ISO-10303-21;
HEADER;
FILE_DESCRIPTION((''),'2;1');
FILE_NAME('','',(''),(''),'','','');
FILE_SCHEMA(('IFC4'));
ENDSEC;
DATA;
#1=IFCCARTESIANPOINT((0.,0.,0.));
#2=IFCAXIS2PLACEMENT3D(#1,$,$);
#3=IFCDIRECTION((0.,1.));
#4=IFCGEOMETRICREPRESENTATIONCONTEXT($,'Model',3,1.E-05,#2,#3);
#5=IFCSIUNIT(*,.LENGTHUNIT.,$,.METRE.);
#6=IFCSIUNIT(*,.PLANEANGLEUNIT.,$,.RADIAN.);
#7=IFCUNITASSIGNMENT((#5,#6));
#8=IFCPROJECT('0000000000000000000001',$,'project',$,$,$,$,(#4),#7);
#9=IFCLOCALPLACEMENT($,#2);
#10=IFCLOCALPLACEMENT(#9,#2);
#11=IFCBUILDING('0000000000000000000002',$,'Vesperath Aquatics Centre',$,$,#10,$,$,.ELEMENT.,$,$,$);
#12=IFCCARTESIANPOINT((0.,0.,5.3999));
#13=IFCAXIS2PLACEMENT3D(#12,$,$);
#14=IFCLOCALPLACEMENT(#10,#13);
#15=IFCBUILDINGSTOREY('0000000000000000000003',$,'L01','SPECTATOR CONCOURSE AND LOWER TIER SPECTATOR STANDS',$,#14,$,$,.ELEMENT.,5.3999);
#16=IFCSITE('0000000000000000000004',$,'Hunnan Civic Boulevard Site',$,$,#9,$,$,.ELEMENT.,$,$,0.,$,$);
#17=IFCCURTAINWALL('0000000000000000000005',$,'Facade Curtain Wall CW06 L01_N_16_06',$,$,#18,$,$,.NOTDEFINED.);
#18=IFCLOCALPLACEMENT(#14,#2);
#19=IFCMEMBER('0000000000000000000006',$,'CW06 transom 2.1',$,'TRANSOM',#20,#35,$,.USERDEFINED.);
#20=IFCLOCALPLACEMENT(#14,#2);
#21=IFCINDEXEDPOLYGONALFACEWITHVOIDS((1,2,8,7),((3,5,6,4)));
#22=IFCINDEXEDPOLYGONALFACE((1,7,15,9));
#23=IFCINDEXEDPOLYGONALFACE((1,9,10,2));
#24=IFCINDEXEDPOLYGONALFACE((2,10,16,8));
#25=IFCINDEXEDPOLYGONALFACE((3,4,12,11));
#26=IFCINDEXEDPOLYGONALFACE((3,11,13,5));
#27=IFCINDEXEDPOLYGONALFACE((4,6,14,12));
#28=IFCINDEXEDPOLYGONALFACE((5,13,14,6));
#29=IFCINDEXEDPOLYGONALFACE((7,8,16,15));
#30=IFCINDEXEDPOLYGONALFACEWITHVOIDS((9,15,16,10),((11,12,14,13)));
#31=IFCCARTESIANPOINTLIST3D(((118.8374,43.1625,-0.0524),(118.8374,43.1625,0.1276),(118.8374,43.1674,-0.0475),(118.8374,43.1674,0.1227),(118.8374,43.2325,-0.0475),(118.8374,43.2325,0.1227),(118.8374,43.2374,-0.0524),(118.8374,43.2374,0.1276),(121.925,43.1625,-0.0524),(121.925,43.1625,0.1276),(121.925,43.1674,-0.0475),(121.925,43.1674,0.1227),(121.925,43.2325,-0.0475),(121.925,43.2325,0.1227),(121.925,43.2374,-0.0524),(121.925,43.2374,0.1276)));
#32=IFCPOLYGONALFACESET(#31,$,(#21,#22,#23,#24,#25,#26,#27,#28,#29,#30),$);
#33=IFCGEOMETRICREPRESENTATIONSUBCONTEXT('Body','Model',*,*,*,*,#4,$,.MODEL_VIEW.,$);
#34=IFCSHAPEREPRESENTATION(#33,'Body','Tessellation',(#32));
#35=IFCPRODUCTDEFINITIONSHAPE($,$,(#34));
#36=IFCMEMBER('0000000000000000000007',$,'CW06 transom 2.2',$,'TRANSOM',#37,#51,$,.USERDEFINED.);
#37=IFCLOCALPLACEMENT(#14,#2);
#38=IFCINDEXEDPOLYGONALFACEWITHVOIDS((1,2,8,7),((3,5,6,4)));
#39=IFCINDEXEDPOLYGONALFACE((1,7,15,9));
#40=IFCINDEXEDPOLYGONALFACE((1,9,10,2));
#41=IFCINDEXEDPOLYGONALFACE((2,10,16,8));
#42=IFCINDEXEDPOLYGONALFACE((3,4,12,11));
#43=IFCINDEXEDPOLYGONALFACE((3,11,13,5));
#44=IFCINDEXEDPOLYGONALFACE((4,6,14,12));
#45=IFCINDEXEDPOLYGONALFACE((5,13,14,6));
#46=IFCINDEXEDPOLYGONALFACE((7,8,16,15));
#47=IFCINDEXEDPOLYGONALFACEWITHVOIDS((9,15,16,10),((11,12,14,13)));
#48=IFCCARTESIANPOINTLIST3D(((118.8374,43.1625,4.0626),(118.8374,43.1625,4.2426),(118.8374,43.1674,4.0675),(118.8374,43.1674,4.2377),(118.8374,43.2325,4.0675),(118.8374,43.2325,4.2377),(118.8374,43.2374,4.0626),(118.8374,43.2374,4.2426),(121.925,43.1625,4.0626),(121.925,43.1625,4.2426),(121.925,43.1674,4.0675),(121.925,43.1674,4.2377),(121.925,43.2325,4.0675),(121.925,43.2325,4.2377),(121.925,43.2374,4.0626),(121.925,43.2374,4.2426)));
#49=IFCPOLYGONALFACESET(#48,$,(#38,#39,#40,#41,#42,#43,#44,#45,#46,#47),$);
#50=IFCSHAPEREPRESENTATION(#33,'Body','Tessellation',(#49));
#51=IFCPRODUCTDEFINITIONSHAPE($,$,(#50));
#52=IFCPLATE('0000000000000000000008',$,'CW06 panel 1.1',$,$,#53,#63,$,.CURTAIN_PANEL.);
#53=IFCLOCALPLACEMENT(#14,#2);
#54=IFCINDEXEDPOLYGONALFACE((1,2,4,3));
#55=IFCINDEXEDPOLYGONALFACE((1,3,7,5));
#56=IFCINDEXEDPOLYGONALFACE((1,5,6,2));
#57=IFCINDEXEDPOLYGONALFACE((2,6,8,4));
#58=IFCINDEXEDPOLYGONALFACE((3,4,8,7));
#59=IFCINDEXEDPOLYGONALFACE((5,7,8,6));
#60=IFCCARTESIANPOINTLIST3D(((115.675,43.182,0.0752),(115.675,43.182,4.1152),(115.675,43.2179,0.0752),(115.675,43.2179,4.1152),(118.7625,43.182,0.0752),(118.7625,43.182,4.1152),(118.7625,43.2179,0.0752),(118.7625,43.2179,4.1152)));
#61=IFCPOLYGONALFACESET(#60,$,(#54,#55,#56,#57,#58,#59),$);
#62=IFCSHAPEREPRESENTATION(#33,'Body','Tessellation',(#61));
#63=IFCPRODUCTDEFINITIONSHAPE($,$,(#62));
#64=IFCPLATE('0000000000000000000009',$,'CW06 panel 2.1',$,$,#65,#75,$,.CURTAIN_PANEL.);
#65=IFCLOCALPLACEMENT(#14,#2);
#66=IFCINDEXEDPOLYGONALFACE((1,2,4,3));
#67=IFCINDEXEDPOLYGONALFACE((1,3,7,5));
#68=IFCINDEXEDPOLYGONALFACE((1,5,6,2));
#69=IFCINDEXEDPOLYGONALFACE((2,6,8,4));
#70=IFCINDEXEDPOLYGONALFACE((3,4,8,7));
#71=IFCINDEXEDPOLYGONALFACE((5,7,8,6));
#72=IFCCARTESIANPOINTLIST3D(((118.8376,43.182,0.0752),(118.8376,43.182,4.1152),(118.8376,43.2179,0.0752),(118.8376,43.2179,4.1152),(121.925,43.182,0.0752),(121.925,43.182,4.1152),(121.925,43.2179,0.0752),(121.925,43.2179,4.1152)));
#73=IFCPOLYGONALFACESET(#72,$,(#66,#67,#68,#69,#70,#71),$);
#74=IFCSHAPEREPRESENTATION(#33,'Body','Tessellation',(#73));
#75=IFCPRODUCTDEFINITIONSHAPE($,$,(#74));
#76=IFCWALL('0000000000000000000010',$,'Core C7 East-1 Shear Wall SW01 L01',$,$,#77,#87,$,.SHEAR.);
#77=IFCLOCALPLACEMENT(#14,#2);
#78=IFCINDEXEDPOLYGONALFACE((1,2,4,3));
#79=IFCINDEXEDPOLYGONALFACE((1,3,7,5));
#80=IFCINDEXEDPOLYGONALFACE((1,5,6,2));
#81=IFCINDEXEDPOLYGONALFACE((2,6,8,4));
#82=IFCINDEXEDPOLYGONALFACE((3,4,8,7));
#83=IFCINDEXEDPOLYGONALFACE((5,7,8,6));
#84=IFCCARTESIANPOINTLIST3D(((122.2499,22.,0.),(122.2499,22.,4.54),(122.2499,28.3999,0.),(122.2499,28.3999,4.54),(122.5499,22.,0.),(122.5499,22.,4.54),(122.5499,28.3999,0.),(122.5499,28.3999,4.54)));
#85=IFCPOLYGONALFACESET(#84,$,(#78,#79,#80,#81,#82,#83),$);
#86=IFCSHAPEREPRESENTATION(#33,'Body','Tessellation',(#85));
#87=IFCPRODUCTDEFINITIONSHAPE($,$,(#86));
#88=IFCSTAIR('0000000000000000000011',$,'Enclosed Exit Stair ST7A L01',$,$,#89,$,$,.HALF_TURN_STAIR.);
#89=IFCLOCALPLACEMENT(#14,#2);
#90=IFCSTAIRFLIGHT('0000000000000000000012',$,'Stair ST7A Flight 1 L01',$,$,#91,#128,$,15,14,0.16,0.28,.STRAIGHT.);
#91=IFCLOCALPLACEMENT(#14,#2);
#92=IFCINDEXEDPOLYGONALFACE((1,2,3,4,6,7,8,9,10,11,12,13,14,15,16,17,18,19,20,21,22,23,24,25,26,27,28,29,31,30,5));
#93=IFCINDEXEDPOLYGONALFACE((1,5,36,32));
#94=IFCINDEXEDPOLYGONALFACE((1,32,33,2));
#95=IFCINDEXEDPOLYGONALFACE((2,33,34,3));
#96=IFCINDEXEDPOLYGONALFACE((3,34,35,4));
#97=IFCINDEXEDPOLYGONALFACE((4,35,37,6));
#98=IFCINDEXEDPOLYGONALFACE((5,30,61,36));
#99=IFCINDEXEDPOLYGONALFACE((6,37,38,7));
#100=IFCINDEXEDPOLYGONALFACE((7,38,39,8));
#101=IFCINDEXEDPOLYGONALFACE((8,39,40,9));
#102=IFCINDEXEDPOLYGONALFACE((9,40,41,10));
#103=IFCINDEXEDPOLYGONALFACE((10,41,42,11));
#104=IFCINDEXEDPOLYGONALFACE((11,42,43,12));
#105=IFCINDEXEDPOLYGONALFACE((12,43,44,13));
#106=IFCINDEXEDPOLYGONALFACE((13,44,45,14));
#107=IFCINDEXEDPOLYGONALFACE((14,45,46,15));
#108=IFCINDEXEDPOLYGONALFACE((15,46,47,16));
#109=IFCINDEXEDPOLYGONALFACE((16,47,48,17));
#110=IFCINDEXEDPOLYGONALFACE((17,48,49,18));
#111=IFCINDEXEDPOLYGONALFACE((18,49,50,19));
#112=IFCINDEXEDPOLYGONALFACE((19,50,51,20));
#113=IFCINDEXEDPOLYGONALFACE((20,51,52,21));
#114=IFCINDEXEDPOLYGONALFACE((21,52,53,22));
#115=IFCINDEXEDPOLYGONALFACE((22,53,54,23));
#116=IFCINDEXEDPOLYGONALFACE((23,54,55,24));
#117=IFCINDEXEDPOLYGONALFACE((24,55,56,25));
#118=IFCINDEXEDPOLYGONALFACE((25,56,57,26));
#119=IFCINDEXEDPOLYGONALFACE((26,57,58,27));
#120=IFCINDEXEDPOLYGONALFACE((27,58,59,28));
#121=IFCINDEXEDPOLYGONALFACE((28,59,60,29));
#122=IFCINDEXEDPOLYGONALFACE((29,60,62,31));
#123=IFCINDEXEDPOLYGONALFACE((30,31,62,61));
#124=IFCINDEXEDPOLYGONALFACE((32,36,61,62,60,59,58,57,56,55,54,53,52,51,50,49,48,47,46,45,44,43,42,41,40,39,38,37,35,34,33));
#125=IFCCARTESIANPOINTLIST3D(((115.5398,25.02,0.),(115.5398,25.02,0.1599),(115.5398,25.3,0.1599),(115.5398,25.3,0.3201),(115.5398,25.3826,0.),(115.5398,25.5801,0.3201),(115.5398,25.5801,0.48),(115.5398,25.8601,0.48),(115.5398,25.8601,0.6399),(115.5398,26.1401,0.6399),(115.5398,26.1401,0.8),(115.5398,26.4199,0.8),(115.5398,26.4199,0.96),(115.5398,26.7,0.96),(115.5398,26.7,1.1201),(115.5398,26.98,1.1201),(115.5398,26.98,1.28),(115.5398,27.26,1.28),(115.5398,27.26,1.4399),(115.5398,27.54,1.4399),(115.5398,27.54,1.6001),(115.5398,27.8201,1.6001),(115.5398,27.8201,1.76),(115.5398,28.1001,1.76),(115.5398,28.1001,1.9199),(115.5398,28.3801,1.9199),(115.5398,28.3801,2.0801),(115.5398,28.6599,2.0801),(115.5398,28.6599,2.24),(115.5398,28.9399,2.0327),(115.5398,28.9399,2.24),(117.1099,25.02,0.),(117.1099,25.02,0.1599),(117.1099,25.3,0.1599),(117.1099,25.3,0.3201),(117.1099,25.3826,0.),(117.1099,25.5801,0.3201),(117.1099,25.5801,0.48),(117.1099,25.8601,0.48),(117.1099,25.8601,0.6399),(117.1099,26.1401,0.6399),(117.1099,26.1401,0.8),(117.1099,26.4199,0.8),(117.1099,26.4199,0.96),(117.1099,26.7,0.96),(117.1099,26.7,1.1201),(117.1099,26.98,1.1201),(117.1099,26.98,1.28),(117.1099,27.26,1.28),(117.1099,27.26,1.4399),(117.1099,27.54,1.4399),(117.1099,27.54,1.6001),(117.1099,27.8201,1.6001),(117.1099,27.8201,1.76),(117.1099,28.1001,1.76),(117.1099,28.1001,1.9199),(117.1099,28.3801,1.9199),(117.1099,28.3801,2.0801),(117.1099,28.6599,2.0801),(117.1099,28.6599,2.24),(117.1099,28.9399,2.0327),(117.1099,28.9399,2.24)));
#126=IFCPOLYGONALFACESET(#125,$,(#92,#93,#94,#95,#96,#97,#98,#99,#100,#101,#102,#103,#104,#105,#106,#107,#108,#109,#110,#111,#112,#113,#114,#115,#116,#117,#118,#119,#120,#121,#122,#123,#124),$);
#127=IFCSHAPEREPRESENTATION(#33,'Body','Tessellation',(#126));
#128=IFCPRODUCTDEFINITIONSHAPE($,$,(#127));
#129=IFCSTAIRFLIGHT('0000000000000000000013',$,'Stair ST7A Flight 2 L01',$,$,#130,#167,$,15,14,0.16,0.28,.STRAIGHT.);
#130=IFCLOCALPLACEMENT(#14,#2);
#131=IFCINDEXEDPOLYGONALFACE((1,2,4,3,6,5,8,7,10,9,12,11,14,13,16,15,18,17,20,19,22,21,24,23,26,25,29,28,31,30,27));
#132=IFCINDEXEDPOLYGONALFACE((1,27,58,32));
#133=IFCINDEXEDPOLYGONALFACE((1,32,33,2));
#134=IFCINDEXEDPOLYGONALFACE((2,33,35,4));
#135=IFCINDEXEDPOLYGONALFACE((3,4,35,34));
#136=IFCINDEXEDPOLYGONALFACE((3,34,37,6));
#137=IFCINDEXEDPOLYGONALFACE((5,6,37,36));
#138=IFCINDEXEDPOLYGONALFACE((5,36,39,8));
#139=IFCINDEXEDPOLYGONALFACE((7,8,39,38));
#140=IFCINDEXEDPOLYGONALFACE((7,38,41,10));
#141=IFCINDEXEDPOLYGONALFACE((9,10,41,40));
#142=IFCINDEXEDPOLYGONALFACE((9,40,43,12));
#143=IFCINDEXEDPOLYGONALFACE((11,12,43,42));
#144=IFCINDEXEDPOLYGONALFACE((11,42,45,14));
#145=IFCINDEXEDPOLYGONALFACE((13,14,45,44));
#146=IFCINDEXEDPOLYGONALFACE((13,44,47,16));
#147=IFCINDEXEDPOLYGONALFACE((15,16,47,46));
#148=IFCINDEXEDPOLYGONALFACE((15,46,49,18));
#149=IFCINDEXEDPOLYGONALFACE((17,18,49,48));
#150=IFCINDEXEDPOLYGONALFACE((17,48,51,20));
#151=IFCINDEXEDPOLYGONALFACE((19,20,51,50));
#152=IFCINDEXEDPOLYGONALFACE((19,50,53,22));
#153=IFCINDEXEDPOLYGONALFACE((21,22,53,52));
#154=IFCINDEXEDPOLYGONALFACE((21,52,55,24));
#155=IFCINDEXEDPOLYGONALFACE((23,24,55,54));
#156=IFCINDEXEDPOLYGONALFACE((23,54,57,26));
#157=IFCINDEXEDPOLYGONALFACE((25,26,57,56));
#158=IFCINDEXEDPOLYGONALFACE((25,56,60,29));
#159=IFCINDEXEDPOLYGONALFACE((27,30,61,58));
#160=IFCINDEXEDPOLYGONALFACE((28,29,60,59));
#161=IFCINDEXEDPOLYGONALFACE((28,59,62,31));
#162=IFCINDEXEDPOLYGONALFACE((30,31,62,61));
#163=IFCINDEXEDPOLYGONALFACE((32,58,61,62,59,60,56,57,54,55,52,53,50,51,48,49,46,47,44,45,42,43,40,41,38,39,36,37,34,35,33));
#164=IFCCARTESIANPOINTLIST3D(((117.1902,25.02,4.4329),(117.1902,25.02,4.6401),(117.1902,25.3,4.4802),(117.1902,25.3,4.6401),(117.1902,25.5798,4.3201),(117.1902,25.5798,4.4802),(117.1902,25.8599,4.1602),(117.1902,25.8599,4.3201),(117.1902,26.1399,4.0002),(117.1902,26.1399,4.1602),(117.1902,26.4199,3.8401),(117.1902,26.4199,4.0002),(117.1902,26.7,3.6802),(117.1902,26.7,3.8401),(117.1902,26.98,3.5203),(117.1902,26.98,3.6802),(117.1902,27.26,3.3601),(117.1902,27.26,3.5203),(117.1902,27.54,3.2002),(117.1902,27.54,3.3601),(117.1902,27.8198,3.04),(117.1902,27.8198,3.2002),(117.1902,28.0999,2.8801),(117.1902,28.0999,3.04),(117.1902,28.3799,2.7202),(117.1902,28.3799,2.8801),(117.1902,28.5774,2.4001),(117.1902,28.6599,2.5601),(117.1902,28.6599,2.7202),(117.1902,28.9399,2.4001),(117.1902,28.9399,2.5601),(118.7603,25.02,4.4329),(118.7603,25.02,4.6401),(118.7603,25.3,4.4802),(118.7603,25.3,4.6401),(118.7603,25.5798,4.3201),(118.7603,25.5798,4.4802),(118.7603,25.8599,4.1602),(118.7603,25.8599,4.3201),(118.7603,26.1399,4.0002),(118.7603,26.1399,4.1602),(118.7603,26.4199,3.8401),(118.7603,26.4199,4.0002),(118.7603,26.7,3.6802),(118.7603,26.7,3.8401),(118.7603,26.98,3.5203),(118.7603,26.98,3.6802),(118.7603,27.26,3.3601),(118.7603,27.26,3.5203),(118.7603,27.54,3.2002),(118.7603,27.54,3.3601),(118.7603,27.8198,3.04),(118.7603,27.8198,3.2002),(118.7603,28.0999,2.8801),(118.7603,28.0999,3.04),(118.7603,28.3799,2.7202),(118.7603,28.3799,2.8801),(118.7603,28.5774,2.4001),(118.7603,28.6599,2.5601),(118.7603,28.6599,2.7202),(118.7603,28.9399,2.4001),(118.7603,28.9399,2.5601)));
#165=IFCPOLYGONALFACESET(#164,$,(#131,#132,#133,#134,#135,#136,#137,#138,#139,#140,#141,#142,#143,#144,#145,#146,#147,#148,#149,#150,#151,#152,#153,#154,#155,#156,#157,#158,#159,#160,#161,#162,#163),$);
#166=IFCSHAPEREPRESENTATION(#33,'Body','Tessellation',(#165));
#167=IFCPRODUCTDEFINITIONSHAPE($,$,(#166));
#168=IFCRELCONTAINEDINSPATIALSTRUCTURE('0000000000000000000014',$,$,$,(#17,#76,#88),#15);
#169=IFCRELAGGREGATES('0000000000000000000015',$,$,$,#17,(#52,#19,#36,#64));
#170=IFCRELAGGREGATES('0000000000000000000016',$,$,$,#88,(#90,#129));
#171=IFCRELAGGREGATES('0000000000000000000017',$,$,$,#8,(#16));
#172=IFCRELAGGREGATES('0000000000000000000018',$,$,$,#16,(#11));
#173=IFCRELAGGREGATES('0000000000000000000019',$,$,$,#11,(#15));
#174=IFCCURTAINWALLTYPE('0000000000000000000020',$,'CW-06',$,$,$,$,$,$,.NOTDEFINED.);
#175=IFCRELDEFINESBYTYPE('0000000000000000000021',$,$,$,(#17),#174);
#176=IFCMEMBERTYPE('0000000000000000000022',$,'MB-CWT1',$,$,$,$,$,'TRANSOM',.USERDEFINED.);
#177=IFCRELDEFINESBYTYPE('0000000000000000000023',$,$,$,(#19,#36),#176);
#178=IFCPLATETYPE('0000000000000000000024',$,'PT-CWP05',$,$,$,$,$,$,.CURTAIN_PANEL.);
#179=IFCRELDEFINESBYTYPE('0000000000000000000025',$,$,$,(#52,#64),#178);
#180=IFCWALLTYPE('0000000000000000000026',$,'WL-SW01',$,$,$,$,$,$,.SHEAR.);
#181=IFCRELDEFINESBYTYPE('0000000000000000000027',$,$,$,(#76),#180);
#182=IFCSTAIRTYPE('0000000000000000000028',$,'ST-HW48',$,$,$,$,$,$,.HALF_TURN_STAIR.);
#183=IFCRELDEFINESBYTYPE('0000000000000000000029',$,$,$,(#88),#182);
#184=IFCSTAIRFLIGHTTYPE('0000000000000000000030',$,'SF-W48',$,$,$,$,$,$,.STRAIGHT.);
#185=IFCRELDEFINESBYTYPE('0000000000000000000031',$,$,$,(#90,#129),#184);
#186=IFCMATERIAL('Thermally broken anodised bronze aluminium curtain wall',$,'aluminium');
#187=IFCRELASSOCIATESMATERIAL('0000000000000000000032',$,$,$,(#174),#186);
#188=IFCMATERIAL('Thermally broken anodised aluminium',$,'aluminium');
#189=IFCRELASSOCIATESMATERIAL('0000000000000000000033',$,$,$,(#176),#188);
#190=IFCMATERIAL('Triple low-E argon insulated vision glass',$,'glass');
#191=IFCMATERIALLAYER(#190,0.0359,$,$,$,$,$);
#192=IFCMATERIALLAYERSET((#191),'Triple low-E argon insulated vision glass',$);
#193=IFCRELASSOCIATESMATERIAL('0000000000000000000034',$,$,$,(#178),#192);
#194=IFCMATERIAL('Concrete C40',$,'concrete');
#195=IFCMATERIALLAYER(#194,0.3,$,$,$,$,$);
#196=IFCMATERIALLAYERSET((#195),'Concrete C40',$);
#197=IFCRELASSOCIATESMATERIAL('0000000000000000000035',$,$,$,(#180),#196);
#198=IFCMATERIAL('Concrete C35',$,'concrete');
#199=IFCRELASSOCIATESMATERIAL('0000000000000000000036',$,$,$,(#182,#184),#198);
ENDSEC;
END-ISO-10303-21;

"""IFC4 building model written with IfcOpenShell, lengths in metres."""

from ifc_helpers import new_model, si_unit, direction, frame, frame_2d, origin, origin_2d, place, context, subcontext, project, spatial, polyline, rectangle, hollow_rectangle, outline, extrude, material, layer, layer_set, material_profile, profile_set, type_object, element, aggregate, save


model = new_model("IFC4")

# Units and contexts
model_context = context("Model", 3, precision=1e-05, world=origin(), true_north=direction((0.0, 1.0)))
body_context = subcontext(model_context, "Body", "Model", "MODEL_VIEW")
ifc_project = project(units=[si_unit("LENGTHUNIT", "METRE"), si_unit("PLANEANGLEUNIT", "RADIAN")], contexts=[model_context])

# Site, building, storey
site_placement = place(None, origin())
site = spatial("IfcSite", under=ifc_project, at=site_placement, Name="Hunnan Civic Boulevard Site", CompositionType="ELEMENT", RefElevation=0.0)
building_placement = place(site_placement, origin())
building = spatial("IfcBuilding", under=site, at=building_placement, Name="Vesperath Aquatics Centre", CompositionType="ELEMENT")
storey_placement = place(building_placement, frame((0.0, 0.0, 5.3999)))
storey = spatial("IfcBuildingStorey", under=building, at=storey_placement, Name="L01", Description="SPECTATOR CONCOURSE AND LOWER TIER SPECTATOR STANDS", CompositionType="ELEMENT", Elevation=5.3999)

# Shared definitions
ifc_material_1 = material(Name="Concrete C40", Category="concrete")

# Shared definitions
ifc_material_2 = material(Name="Concrete C35", Category="concrete")

# Curtain wall, members, plates
ifc_material_3 = material(Name="Thermally broken anodised bronze aluminium curtain wall", Category="aluminium")
curtain_wall_type = type_object("IfcCurtainWallType", Name="CW-06", PredefinedType="NOTDEFINED", material=ifc_material_3)
curtain_wall_placement = place(storey_placement, origin())
curtain_wall = element("IfcCurtainWall", 1, at=curtain_wall_placement, inside=storey, type_object=curtain_wall_type, Name="Facade Curtain Wall CW06 L01_N_16_06", PredefinedType="NOTDEFINED")
ifc_material_4 = material(Name="Thermally broken anodised aluminium", Category="aluminium")
ifc_material_profile_1 = material_profile(ifc_material_4, hollow_rectangle(XDim=0.075, YDim=0.1799, WallThickness=0.0049, at=origin_2d()), Name="CWT 75x180x5")
ifc_profile_set_1 = profile_set([ifc_material_profile_1], Name="Thermally broken anodised aluminium")
member_type_1 = type_object("IfcMemberType", Name="MB-CWT1", ElementType="TRANSOM", PredefinedType="USERDEFINED", material=ifc_profile_set_1)
member_1_placement = place(storey_placement, frame((118.8374, 43.2, 0.0376), z_axis=(1.0, 0.0, 0.0), x_axis=(0.0, 1.0, 0.0)))
member_1 = element("IfcMember", 2, at=member_1_placement, type_object=member_type_1, Name="CW06 transom 2.1", ObjectType="TRANSOM", PredefinedType="USERDEFINED", context=body_context, shape_type="SweptSolid", body=[
    extrude(hollow_rectangle(XDim=0.075, YDim=0.1799, WallThickness=0.0049, at=origin_2d()), origin(), (0.0, 0.0, 1.0), 3.0876),
])
member_2_placement = place(storey_placement, frame((118.8374, 43.2, 4.1526), z_axis=(1.0, 0.0, 0.0), x_axis=(0.0, 1.0, 0.0)))
member_2 = element("IfcMember", 3, at=member_2_placement, type_object=member_type_1, Name="CW06 transom 2.2", ObjectType="TRANSOM", PredefinedType="USERDEFINED", context=body_context, shape_type="SweptSolid", body=[
    extrude(hollow_rectangle(XDim=0.075, YDim=0.1799, WallThickness=0.0049, at=origin_2d()), origin(), (0.0, 0.0, 1.0), 3.0876),
])
ifc_material_5 = material(Name="Triple low-E argon insulated vision glass", Category="glass")
ifc_layer_1 = layer(ifc_material_5, 0.0359)
ifc_layer_set_1 = layer_set([ifc_layer_1], Name="Triple low-E argon insulated vision glass")
plate_type = type_object("IfcPlateType", Name="PT-CWP05", PredefinedType="CURTAIN_PANEL", material=ifc_layer_set_1)
plate_1_placement = place(storey_placement, frame((117.2188, 43.2, 0.0752), z_axis=(0.0, 0.0, 1.0), x_axis=(1.0, 0.0, 0.0)))
plate_1 = element("IfcPlate", 4, at=plate_1_placement, type_object=plate_type, Name="CW06 panel 1.1", PredefinedType="CURTAIN_PANEL", context=body_context, shape_type="SweptSolid", body=[
    extrude(rectangle(XDim=3.0874, YDim=0.0359, at=origin_2d()), origin(), (0.0, 0.0, 1.0), 4.04),
])
plate_2_placement = place(storey_placement, frame((120.3813, 43.2, 0.0752), z_axis=(0.0, 0.0, 1.0), x_axis=(1.0, 0.0, 0.0)))
plate_2 = element("IfcPlate", 5, at=plate_2_placement, type_object=plate_type, Name="CW06 panel 2.1", PredefinedType="CURTAIN_PANEL", context=body_context, shape_type="SweptSolid", body=[
    extrude(rectangle(XDim=3.0874, YDim=0.0359, at=origin_2d()), origin(), (0.0, 0.0, 1.0), 4.04),
])
aggregate(curtain_wall, [plate_1, member_1, member_2, plate_2])

# Wall
ifc_layer_2 = layer(ifc_material_1, 0.3)
ifc_layer_set_2 = layer_set([ifc_layer_2], Name="Concrete C40")
wall_type = type_object("IfcWallType", Name="WL-SW01", PredefinedType="SHEAR", material=ifc_layer_set_2)
wall_placement = place(storey_placement, frame((122.3999, 22.0, 0.0), z_axis=(0.0, 0.0, 1.0), x_axis=(0.0, 1.0, 0.0)))
element("IfcWall", 6, at=wall_placement, inside=storey, type_object=wall_type, Name="Core C7 East-1 Shear Wall SW01 L01", PredefinedType="SHEAR", context=body_context, shape_type="SweptSolid", body=[
    extrude(rectangle(XDim=6.3999, YDim=0.3, at=frame_2d((3.2, 0.0))), origin(), (0.0, 0.0, 1.0), 4.54),
])

# Stair, stair flights
stair_type = type_object("IfcStairType", Name="ST-HW48", PredefinedType="HALF_TURN_STAIR", material=ifc_material_2)
stair_1_placement = place(storey_placement, origin())
stair_1 = element("IfcStair", 7, at=stair_1_placement, inside=storey, type_object=stair_type, Name="Enclosed Exit Stair ST7A L01", PredefinedType="HALF_TURN_STAIR")
stair_flight_type = type_object("IfcStairFlightType", Name="SF-W48", PredefinedType="STRAIGHT", material=ifc_material_2)
stair_flight_1_placement = place(storey_placement, frame((116.325, 25.02, 0.0), z_axis=(0.0, 0.0, 1.0), x_axis=(0.0, 1.0, 0.0)))
stair_flight_1 = element("IfcStairFlight", 8, at=stair_flight_1_placement, type_object=stair_flight_type, Name="Stair ST7A Flight 1 L01", NumberOfRisers=15, NumberOfTreads=14, PredefinedType="STRAIGHT", RiserHeight=0.16, TreadLength=0.28, context=body_context, shape_type="SweptSolid", body=[
    extrude(outline(polyline([(0.0, 0.0), (0.0, 0.1599), (0.28, 0.1599), (0.28, 0.3201), (0.5601, 0.3201), (0.5601, 0.48), (0.8401, 0.48), (0.8401, 0.6399), (1.1201, 0.6399), (1.1201, 0.8), (1.3999, 0.8), (1.3999, 0.96), (1.6799, 0.96), (1.6799, 1.1201), (1.96, 1.1201), (1.96, 1.28), (2.24, 1.28), (2.24, 1.4399), (2.52, 1.4399), (2.52, 1.6001), (2.8, 1.6001), (2.8, 1.76), (3.0801, 1.76), (3.0801, 1.9199), (3.3601, 1.9199), (3.3601, 2.0801), (3.6399, 2.0801), (3.6399, 2.24), (3.9199, 2.24), (3.9199, 2.3999), (3.9199, 2.0327), (0.3625, 0.0), (0.0, 0.0)])), frame((0.0, 0.7852, 0.0), z_axis=(0.0, -1.0, 0.0), x_axis=(1.0, 0.0, 0.0)), (0.0, 0.0, 1.0), 1.5701),
])
stair_flight_2_placement = place(storey_placement, frame((117.9751, 28.9399, 2.4001), z_axis=(0.0, 0.0, 1.0), x_axis=(0.0, -1.0, 0.0)))
stair_flight_2 = element("IfcStairFlight", 9, at=stair_flight_2_placement, type_object=stair_flight_type, Name="Stair ST7A Flight 2 L01", NumberOfRisers=15, NumberOfTreads=14, PredefinedType="STRAIGHT", RiserHeight=0.16, TreadLength=0.28, context=body_context, shape_type="SweptSolid", body=[
    extrude(outline(polyline([(0.0, 0.0), (0.0, 0.1599), (0.28, 0.1599), (0.28, 0.3201), (0.5601, 0.3201), (0.5601, 0.48), (0.8401, 0.48), (0.8401, 0.6399), (1.1201, 0.6399), (1.1201, 0.8), (1.3999, 0.8), (1.3999, 0.96), (1.6799, 0.96), (1.6799, 1.1201), (1.96, 1.1201), (1.96, 1.28), (2.24, 1.28), (2.24, 1.4399), (2.52, 1.4399), (2.52, 1.6001), (2.8, 1.6001), (2.8, 1.76), (3.0801, 1.76), (3.0801, 1.9199), (3.3601, 1.9199), (3.3601, 2.0801), (3.6399, 2.0801), (3.6399, 2.24), (3.9199, 2.24), (3.9199, 2.3999), (3.9199, 2.0327), (0.3625, 0.0), (0.0, 0.0)])), frame((0.0, 0.7852, 0.0), z_axis=(0.0, -1.0, 0.0), x_axis=(1.0, 0.0, 0.0)), (0.0, 0.0, 1.0), 1.5701),
])
aggregate(stair_1, [stair_flight_1, stair_flight_2])

save(model, "model.ifc")
